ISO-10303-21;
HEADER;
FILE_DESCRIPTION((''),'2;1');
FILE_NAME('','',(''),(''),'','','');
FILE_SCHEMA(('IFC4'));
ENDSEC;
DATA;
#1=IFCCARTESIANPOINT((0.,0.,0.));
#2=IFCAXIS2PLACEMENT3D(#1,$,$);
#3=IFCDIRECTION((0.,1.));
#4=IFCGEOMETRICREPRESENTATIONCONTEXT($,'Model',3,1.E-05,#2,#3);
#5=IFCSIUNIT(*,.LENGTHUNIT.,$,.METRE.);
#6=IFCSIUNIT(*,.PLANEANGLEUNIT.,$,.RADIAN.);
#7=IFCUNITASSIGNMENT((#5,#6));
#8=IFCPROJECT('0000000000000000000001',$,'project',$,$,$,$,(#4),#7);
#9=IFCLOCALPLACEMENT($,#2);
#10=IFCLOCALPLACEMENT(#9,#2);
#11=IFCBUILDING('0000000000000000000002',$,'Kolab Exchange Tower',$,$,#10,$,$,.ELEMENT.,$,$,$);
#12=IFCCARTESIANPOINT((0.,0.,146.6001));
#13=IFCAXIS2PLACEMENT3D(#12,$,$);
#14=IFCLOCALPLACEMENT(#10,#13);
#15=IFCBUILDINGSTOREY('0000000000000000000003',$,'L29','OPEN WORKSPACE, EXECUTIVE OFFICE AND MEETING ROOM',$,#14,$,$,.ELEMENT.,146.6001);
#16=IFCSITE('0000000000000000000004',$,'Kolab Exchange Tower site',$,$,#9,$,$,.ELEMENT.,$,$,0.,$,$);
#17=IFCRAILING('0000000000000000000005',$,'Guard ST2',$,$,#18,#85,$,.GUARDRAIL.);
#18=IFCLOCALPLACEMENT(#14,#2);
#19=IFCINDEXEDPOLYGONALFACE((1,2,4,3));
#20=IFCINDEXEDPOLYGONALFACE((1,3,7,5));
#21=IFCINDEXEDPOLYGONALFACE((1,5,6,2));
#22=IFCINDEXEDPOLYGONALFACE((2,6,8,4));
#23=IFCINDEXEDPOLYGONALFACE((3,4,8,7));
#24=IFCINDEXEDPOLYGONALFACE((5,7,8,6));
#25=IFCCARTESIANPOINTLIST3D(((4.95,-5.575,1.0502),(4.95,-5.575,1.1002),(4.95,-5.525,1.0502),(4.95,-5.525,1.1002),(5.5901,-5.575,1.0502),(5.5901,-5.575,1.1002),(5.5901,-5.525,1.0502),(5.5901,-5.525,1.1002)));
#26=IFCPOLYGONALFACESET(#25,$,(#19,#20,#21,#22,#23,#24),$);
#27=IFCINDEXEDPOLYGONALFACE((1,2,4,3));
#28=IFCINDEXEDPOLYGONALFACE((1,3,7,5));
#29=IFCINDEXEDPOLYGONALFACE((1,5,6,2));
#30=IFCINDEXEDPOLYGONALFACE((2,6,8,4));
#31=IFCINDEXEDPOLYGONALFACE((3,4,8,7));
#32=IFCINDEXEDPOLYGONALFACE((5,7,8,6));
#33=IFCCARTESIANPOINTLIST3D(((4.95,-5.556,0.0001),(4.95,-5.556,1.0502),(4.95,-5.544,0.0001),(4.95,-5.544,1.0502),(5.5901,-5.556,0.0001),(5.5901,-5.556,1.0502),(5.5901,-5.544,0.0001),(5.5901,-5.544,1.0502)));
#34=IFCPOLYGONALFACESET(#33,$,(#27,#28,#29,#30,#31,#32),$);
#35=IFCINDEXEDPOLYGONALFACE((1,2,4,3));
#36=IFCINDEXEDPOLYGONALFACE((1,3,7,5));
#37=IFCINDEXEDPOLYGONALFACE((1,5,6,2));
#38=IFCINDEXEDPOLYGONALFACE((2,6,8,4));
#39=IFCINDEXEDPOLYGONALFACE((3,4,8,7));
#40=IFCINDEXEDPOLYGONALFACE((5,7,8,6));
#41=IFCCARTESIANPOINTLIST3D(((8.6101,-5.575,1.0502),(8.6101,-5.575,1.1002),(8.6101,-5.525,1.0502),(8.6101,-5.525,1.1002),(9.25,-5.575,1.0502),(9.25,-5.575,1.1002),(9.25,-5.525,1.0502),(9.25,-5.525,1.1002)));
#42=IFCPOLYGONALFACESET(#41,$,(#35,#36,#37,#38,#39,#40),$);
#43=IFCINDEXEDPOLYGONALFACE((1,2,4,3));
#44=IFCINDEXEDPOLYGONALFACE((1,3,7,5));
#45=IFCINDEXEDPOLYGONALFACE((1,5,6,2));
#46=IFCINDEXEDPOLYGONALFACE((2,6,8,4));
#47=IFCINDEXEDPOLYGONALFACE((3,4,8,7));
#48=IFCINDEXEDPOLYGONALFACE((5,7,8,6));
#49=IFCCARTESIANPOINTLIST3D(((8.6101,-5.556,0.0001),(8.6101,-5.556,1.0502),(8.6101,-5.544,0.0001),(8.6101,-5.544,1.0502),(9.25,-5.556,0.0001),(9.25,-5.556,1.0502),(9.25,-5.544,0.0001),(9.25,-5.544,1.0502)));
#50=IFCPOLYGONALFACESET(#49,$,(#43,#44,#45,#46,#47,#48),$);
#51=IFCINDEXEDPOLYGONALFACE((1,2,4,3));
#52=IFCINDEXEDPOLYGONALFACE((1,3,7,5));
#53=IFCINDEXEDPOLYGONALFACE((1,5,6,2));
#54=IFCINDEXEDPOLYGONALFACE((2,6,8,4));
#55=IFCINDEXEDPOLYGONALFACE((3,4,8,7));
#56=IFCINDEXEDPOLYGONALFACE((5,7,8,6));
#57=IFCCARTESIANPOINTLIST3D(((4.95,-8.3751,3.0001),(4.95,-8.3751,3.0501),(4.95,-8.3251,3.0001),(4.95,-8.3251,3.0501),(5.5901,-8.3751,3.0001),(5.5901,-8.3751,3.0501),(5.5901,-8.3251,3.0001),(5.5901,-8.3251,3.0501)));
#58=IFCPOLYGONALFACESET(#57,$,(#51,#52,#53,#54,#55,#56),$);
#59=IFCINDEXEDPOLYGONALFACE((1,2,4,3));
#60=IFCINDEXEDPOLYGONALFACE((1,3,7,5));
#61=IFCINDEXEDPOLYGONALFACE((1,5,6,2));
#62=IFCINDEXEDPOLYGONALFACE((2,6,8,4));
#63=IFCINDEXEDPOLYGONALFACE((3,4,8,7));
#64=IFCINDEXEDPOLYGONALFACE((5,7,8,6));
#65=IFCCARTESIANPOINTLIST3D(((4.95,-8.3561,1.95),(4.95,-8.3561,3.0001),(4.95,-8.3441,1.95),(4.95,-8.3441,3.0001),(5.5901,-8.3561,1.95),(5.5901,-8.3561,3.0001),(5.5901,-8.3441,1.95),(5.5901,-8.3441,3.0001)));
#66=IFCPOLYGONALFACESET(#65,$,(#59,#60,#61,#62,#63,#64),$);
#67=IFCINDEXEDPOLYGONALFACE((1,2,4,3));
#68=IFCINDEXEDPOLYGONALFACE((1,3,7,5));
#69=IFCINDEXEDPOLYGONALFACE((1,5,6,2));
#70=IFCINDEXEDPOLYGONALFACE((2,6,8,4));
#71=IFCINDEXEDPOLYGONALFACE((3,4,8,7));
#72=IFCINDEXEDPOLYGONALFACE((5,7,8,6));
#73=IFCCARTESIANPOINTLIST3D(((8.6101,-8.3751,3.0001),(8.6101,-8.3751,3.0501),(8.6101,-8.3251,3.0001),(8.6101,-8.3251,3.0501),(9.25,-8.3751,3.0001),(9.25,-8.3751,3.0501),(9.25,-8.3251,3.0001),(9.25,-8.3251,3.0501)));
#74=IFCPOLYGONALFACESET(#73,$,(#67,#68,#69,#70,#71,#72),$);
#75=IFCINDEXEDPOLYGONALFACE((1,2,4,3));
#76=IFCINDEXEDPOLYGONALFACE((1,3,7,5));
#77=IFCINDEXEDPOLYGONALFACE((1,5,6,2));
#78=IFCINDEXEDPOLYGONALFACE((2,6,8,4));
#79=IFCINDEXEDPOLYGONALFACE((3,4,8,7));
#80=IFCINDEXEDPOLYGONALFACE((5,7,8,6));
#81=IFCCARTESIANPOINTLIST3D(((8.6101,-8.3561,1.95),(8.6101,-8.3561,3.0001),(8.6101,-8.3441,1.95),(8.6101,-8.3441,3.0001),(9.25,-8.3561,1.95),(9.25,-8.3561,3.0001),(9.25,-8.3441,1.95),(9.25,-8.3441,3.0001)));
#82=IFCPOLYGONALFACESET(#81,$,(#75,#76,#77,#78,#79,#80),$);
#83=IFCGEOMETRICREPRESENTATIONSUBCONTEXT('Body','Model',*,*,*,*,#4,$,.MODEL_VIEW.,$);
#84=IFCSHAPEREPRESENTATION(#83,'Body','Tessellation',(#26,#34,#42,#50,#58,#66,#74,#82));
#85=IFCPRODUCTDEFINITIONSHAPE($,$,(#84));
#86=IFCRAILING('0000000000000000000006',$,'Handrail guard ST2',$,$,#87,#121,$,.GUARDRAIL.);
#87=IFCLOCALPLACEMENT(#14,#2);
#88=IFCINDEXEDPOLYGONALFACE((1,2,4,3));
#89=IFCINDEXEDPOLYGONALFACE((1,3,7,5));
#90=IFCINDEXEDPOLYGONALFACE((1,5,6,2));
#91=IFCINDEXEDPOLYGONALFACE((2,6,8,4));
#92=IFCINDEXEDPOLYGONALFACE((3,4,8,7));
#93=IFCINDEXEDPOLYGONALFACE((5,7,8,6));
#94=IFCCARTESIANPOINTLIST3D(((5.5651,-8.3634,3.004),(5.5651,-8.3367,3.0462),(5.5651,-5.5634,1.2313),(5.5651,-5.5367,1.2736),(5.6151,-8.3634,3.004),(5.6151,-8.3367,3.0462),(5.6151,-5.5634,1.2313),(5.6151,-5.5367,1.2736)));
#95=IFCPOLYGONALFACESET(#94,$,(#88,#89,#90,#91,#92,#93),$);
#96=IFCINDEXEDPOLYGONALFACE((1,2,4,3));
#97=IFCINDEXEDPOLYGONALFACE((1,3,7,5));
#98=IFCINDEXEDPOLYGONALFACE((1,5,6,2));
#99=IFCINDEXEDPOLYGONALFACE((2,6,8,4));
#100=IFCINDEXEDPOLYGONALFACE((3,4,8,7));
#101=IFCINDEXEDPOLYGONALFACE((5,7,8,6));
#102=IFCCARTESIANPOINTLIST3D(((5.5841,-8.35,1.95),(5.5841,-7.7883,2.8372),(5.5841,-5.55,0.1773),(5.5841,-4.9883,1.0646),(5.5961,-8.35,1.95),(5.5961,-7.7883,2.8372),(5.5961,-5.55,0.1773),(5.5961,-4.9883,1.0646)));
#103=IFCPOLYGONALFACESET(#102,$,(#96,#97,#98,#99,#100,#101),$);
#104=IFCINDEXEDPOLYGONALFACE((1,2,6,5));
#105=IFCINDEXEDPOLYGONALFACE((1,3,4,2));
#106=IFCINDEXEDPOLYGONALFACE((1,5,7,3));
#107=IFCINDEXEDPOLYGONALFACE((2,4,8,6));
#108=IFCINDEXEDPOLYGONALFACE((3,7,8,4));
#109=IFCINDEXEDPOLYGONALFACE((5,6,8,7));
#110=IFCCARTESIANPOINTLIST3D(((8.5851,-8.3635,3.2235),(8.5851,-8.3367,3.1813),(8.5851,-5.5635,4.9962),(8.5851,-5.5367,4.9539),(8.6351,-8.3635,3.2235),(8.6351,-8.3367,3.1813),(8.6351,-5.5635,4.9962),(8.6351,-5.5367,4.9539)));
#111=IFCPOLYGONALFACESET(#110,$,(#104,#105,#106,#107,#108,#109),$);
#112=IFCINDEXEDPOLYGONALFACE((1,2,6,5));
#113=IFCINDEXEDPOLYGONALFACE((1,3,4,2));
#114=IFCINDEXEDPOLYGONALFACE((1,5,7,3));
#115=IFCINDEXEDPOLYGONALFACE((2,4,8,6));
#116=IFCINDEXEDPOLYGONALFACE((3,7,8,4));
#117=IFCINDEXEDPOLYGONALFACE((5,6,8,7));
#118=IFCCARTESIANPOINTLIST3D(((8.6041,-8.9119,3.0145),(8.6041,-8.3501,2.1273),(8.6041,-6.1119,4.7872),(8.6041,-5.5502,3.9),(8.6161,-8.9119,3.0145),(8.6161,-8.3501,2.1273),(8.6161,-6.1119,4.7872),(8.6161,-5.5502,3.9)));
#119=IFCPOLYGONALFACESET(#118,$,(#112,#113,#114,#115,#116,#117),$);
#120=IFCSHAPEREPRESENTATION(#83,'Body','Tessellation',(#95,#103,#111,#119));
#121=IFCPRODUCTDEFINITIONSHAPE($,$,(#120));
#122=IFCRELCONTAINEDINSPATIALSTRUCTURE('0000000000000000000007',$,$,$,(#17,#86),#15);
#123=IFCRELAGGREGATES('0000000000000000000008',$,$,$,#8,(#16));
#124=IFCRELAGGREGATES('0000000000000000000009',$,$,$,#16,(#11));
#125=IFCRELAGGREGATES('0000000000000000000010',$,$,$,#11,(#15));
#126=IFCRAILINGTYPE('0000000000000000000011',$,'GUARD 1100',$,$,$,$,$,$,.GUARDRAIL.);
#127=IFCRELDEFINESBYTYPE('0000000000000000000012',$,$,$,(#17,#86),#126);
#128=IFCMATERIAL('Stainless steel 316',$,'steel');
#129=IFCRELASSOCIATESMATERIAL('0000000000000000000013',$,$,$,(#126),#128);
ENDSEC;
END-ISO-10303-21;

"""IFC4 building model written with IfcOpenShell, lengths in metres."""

from ifc_helpers import new_model, si_unit, direction, frame, frame_2d, origin, origin_2d, place, context, subcontext, project, spatial, rectangle, extrude, material, type_object, element, save


model = new_model("IFC4")

# Units and contexts
model_context = context("Model", 3, precision=1e-05, world=origin(), true_north=direction((0.0, 1.0)))
body_context = subcontext(model_context, "Body", "Model", "MODEL_VIEW")
ifc_project = project(units=[si_unit("LENGTHUNIT", "METRE"), si_unit("PLANEANGLEUNIT", "RADIAN")], contexts=[model_context])

# Site, building, storey
site_placement = place(None, origin())
site = spatial("IfcSite", under=ifc_project, at=site_placement, Name="Kolab Exchange Tower site", CompositionType="ELEMENT", RefElevation=0.0)
building_placement = place(site_placement, origin())
building = spatial("IfcBuilding", under=site, at=building_placement, Name="Kolab Exchange Tower", CompositionType="ELEMENT")
storey_placement = place(building_placement, frame((0.0, 0.0, 146.6001)))
storey = spatial("IfcBuildingStorey", under=building, at=storey_placement, Name="L29", Description="OPEN WORKSPACE, EXECUTIVE OFFICE AND MEETING ROOM", CompositionType="ELEMENT", Elevation=146.6001)

# Shared definitions
ifc_material_1 = material(Name="Stainless steel 316", Category="steel")

# Railings
railing_type = type_object("IfcRailingType", Name="GUARD 1100", PredefinedType="GUARDRAIL", material=ifc_material_1)
railing_1_placement = place(storey_placement, frame((4.95, -5.55, 0.0)))
element("IfcRailing", 1, at=railing_1_placement, inside=storey, type_object=railing_type, Name="Guard ST2", PredefinedType="GUARDRAIL", context=body_context, shape_type="SweptSolid", body=[
    extrude(rectangle(XDim=0.05, YDim=0.05, at=origin_2d()), frame((0.0, 0.0, 1.0752), z_axis=(1.0, 0.0, 0.0), x_axis=(0.0, 1.0, 0.0)), (0.0, 0.0, 1.0), 0.6401),
    extrude(rectangle(XDim=0.012, YDim=1.0501, at=frame_2d((0.0, 0.5251))), frame((0.0, 0.0, 0.0), z_axis=(1.0, 0.0, 0.0), x_axis=(0.0, 1.0, 0.0)), (0.0, 0.0, 1.0), 0.6401),
    extrude(rectangle(XDim=0.05, YDim=0.05, at=origin_2d()), frame((3.6602, 0.0, 1.0752), z_axis=(1.0, 0.0, 0.0), x_axis=(0.0, 1.0, 0.0)), (0.0, 0.0, 1.0), 0.6399),
    extrude(rectangle(XDim=0.012, YDim=1.0501, at=frame_2d((0.0, 0.5251))), frame((3.6602, 0.0, 0.0), z_axis=(1.0, 0.0, 0.0), x_axis=(0.0, 1.0, 0.0)), (0.0, 0.0, 1.0), 0.6399),
    extrude(rectangle(XDim=0.05, YDim=0.05, at=origin_2d()), frame((0.0, -2.8, 3.0251), z_axis=(1.0, 0.0, 0.0), x_axis=(0.0, 1.0, 0.0)), (0.0, 0.0, 1.0), 0.6401),
    extrude(rectangle(XDim=0.012, YDim=1.0501, at=frame_2d((0.0, 0.5251))), frame((0.0, -2.8, 1.95), z_axis=(1.0, 0.0, 0.0), x_axis=(0.0, 1.0, 0.0)), (0.0, 0.0, 1.0), 0.6401),
    extrude(rectangle(XDim=0.05, YDim=0.05, at=origin_2d()), frame((3.6602, -2.8, 3.0251), z_axis=(1.0, 0.0, 0.0), x_axis=(0.0, 1.0, 0.0)), (0.0, 0.0, 1.0), 0.6399),
    extrude(rectangle(XDim=0.012, YDim=1.0501, at=frame_2d((0.0, 0.5251))), frame((3.6602, -2.8, 1.95), z_axis=(1.0, 0.0, 0.0), x_axis=(0.0, 1.0, 0.0)), (0.0, 0.0, 1.0), 0.6399),
])
railing_2_placement = place(storey_placement, frame((5.5901, -5.55, 0.1772)))
element("IfcRailing", 2, at=railing_2_placement, inside=storey, type_object=railing_type, Name="Handrail guard ST2", PredefinedType="GUARDRAIL", context=body_context, shape_type="SweptSolid", body=[
    extrude(rectangle(XDim=0.05, YDim=0.05, at=origin_2d()), frame((0.0, 0.0, 1.0752), z_axis=(0.0, -0.844909, 0.53491), x_axis=(1.0, 0.0, 0.0)), (0.0, 0.0, 1.0), 3.314),
    extrude(rectangle(XDim=0.012, YDim=1.0501, at=frame_2d((0.0, 0.5251))), frame((0.0, 0.0, 0.0), z_axis=(0.0, -0.844909, 0.53491), x_axis=(1.0, 0.0, 0.0)), (0.0, 0.0, 1.0), 3.314),
    extrude(rectangle(XDim=0.05, YDim=0.05, at=origin_2d()), frame((3.02, -2.8, 3.0251), z_axis=(0.0, 0.844909, 0.53491), x_axis=(-1.0, 0.0, 0.0)), (0.0, 0.0, 1.0), 3.314),
    extrude(rectangle(XDim=0.012, YDim=1.0501, at=frame_2d((0.0, 0.5251))), frame((3.02, -2.8, 1.95), z_axis=(0.0, 0.844909, 0.53491), x_axis=(-1.0, 0.0, 0.0)), (0.0, 0.0, 1.0), 3.314),
])

save(model, "model.ifc")
